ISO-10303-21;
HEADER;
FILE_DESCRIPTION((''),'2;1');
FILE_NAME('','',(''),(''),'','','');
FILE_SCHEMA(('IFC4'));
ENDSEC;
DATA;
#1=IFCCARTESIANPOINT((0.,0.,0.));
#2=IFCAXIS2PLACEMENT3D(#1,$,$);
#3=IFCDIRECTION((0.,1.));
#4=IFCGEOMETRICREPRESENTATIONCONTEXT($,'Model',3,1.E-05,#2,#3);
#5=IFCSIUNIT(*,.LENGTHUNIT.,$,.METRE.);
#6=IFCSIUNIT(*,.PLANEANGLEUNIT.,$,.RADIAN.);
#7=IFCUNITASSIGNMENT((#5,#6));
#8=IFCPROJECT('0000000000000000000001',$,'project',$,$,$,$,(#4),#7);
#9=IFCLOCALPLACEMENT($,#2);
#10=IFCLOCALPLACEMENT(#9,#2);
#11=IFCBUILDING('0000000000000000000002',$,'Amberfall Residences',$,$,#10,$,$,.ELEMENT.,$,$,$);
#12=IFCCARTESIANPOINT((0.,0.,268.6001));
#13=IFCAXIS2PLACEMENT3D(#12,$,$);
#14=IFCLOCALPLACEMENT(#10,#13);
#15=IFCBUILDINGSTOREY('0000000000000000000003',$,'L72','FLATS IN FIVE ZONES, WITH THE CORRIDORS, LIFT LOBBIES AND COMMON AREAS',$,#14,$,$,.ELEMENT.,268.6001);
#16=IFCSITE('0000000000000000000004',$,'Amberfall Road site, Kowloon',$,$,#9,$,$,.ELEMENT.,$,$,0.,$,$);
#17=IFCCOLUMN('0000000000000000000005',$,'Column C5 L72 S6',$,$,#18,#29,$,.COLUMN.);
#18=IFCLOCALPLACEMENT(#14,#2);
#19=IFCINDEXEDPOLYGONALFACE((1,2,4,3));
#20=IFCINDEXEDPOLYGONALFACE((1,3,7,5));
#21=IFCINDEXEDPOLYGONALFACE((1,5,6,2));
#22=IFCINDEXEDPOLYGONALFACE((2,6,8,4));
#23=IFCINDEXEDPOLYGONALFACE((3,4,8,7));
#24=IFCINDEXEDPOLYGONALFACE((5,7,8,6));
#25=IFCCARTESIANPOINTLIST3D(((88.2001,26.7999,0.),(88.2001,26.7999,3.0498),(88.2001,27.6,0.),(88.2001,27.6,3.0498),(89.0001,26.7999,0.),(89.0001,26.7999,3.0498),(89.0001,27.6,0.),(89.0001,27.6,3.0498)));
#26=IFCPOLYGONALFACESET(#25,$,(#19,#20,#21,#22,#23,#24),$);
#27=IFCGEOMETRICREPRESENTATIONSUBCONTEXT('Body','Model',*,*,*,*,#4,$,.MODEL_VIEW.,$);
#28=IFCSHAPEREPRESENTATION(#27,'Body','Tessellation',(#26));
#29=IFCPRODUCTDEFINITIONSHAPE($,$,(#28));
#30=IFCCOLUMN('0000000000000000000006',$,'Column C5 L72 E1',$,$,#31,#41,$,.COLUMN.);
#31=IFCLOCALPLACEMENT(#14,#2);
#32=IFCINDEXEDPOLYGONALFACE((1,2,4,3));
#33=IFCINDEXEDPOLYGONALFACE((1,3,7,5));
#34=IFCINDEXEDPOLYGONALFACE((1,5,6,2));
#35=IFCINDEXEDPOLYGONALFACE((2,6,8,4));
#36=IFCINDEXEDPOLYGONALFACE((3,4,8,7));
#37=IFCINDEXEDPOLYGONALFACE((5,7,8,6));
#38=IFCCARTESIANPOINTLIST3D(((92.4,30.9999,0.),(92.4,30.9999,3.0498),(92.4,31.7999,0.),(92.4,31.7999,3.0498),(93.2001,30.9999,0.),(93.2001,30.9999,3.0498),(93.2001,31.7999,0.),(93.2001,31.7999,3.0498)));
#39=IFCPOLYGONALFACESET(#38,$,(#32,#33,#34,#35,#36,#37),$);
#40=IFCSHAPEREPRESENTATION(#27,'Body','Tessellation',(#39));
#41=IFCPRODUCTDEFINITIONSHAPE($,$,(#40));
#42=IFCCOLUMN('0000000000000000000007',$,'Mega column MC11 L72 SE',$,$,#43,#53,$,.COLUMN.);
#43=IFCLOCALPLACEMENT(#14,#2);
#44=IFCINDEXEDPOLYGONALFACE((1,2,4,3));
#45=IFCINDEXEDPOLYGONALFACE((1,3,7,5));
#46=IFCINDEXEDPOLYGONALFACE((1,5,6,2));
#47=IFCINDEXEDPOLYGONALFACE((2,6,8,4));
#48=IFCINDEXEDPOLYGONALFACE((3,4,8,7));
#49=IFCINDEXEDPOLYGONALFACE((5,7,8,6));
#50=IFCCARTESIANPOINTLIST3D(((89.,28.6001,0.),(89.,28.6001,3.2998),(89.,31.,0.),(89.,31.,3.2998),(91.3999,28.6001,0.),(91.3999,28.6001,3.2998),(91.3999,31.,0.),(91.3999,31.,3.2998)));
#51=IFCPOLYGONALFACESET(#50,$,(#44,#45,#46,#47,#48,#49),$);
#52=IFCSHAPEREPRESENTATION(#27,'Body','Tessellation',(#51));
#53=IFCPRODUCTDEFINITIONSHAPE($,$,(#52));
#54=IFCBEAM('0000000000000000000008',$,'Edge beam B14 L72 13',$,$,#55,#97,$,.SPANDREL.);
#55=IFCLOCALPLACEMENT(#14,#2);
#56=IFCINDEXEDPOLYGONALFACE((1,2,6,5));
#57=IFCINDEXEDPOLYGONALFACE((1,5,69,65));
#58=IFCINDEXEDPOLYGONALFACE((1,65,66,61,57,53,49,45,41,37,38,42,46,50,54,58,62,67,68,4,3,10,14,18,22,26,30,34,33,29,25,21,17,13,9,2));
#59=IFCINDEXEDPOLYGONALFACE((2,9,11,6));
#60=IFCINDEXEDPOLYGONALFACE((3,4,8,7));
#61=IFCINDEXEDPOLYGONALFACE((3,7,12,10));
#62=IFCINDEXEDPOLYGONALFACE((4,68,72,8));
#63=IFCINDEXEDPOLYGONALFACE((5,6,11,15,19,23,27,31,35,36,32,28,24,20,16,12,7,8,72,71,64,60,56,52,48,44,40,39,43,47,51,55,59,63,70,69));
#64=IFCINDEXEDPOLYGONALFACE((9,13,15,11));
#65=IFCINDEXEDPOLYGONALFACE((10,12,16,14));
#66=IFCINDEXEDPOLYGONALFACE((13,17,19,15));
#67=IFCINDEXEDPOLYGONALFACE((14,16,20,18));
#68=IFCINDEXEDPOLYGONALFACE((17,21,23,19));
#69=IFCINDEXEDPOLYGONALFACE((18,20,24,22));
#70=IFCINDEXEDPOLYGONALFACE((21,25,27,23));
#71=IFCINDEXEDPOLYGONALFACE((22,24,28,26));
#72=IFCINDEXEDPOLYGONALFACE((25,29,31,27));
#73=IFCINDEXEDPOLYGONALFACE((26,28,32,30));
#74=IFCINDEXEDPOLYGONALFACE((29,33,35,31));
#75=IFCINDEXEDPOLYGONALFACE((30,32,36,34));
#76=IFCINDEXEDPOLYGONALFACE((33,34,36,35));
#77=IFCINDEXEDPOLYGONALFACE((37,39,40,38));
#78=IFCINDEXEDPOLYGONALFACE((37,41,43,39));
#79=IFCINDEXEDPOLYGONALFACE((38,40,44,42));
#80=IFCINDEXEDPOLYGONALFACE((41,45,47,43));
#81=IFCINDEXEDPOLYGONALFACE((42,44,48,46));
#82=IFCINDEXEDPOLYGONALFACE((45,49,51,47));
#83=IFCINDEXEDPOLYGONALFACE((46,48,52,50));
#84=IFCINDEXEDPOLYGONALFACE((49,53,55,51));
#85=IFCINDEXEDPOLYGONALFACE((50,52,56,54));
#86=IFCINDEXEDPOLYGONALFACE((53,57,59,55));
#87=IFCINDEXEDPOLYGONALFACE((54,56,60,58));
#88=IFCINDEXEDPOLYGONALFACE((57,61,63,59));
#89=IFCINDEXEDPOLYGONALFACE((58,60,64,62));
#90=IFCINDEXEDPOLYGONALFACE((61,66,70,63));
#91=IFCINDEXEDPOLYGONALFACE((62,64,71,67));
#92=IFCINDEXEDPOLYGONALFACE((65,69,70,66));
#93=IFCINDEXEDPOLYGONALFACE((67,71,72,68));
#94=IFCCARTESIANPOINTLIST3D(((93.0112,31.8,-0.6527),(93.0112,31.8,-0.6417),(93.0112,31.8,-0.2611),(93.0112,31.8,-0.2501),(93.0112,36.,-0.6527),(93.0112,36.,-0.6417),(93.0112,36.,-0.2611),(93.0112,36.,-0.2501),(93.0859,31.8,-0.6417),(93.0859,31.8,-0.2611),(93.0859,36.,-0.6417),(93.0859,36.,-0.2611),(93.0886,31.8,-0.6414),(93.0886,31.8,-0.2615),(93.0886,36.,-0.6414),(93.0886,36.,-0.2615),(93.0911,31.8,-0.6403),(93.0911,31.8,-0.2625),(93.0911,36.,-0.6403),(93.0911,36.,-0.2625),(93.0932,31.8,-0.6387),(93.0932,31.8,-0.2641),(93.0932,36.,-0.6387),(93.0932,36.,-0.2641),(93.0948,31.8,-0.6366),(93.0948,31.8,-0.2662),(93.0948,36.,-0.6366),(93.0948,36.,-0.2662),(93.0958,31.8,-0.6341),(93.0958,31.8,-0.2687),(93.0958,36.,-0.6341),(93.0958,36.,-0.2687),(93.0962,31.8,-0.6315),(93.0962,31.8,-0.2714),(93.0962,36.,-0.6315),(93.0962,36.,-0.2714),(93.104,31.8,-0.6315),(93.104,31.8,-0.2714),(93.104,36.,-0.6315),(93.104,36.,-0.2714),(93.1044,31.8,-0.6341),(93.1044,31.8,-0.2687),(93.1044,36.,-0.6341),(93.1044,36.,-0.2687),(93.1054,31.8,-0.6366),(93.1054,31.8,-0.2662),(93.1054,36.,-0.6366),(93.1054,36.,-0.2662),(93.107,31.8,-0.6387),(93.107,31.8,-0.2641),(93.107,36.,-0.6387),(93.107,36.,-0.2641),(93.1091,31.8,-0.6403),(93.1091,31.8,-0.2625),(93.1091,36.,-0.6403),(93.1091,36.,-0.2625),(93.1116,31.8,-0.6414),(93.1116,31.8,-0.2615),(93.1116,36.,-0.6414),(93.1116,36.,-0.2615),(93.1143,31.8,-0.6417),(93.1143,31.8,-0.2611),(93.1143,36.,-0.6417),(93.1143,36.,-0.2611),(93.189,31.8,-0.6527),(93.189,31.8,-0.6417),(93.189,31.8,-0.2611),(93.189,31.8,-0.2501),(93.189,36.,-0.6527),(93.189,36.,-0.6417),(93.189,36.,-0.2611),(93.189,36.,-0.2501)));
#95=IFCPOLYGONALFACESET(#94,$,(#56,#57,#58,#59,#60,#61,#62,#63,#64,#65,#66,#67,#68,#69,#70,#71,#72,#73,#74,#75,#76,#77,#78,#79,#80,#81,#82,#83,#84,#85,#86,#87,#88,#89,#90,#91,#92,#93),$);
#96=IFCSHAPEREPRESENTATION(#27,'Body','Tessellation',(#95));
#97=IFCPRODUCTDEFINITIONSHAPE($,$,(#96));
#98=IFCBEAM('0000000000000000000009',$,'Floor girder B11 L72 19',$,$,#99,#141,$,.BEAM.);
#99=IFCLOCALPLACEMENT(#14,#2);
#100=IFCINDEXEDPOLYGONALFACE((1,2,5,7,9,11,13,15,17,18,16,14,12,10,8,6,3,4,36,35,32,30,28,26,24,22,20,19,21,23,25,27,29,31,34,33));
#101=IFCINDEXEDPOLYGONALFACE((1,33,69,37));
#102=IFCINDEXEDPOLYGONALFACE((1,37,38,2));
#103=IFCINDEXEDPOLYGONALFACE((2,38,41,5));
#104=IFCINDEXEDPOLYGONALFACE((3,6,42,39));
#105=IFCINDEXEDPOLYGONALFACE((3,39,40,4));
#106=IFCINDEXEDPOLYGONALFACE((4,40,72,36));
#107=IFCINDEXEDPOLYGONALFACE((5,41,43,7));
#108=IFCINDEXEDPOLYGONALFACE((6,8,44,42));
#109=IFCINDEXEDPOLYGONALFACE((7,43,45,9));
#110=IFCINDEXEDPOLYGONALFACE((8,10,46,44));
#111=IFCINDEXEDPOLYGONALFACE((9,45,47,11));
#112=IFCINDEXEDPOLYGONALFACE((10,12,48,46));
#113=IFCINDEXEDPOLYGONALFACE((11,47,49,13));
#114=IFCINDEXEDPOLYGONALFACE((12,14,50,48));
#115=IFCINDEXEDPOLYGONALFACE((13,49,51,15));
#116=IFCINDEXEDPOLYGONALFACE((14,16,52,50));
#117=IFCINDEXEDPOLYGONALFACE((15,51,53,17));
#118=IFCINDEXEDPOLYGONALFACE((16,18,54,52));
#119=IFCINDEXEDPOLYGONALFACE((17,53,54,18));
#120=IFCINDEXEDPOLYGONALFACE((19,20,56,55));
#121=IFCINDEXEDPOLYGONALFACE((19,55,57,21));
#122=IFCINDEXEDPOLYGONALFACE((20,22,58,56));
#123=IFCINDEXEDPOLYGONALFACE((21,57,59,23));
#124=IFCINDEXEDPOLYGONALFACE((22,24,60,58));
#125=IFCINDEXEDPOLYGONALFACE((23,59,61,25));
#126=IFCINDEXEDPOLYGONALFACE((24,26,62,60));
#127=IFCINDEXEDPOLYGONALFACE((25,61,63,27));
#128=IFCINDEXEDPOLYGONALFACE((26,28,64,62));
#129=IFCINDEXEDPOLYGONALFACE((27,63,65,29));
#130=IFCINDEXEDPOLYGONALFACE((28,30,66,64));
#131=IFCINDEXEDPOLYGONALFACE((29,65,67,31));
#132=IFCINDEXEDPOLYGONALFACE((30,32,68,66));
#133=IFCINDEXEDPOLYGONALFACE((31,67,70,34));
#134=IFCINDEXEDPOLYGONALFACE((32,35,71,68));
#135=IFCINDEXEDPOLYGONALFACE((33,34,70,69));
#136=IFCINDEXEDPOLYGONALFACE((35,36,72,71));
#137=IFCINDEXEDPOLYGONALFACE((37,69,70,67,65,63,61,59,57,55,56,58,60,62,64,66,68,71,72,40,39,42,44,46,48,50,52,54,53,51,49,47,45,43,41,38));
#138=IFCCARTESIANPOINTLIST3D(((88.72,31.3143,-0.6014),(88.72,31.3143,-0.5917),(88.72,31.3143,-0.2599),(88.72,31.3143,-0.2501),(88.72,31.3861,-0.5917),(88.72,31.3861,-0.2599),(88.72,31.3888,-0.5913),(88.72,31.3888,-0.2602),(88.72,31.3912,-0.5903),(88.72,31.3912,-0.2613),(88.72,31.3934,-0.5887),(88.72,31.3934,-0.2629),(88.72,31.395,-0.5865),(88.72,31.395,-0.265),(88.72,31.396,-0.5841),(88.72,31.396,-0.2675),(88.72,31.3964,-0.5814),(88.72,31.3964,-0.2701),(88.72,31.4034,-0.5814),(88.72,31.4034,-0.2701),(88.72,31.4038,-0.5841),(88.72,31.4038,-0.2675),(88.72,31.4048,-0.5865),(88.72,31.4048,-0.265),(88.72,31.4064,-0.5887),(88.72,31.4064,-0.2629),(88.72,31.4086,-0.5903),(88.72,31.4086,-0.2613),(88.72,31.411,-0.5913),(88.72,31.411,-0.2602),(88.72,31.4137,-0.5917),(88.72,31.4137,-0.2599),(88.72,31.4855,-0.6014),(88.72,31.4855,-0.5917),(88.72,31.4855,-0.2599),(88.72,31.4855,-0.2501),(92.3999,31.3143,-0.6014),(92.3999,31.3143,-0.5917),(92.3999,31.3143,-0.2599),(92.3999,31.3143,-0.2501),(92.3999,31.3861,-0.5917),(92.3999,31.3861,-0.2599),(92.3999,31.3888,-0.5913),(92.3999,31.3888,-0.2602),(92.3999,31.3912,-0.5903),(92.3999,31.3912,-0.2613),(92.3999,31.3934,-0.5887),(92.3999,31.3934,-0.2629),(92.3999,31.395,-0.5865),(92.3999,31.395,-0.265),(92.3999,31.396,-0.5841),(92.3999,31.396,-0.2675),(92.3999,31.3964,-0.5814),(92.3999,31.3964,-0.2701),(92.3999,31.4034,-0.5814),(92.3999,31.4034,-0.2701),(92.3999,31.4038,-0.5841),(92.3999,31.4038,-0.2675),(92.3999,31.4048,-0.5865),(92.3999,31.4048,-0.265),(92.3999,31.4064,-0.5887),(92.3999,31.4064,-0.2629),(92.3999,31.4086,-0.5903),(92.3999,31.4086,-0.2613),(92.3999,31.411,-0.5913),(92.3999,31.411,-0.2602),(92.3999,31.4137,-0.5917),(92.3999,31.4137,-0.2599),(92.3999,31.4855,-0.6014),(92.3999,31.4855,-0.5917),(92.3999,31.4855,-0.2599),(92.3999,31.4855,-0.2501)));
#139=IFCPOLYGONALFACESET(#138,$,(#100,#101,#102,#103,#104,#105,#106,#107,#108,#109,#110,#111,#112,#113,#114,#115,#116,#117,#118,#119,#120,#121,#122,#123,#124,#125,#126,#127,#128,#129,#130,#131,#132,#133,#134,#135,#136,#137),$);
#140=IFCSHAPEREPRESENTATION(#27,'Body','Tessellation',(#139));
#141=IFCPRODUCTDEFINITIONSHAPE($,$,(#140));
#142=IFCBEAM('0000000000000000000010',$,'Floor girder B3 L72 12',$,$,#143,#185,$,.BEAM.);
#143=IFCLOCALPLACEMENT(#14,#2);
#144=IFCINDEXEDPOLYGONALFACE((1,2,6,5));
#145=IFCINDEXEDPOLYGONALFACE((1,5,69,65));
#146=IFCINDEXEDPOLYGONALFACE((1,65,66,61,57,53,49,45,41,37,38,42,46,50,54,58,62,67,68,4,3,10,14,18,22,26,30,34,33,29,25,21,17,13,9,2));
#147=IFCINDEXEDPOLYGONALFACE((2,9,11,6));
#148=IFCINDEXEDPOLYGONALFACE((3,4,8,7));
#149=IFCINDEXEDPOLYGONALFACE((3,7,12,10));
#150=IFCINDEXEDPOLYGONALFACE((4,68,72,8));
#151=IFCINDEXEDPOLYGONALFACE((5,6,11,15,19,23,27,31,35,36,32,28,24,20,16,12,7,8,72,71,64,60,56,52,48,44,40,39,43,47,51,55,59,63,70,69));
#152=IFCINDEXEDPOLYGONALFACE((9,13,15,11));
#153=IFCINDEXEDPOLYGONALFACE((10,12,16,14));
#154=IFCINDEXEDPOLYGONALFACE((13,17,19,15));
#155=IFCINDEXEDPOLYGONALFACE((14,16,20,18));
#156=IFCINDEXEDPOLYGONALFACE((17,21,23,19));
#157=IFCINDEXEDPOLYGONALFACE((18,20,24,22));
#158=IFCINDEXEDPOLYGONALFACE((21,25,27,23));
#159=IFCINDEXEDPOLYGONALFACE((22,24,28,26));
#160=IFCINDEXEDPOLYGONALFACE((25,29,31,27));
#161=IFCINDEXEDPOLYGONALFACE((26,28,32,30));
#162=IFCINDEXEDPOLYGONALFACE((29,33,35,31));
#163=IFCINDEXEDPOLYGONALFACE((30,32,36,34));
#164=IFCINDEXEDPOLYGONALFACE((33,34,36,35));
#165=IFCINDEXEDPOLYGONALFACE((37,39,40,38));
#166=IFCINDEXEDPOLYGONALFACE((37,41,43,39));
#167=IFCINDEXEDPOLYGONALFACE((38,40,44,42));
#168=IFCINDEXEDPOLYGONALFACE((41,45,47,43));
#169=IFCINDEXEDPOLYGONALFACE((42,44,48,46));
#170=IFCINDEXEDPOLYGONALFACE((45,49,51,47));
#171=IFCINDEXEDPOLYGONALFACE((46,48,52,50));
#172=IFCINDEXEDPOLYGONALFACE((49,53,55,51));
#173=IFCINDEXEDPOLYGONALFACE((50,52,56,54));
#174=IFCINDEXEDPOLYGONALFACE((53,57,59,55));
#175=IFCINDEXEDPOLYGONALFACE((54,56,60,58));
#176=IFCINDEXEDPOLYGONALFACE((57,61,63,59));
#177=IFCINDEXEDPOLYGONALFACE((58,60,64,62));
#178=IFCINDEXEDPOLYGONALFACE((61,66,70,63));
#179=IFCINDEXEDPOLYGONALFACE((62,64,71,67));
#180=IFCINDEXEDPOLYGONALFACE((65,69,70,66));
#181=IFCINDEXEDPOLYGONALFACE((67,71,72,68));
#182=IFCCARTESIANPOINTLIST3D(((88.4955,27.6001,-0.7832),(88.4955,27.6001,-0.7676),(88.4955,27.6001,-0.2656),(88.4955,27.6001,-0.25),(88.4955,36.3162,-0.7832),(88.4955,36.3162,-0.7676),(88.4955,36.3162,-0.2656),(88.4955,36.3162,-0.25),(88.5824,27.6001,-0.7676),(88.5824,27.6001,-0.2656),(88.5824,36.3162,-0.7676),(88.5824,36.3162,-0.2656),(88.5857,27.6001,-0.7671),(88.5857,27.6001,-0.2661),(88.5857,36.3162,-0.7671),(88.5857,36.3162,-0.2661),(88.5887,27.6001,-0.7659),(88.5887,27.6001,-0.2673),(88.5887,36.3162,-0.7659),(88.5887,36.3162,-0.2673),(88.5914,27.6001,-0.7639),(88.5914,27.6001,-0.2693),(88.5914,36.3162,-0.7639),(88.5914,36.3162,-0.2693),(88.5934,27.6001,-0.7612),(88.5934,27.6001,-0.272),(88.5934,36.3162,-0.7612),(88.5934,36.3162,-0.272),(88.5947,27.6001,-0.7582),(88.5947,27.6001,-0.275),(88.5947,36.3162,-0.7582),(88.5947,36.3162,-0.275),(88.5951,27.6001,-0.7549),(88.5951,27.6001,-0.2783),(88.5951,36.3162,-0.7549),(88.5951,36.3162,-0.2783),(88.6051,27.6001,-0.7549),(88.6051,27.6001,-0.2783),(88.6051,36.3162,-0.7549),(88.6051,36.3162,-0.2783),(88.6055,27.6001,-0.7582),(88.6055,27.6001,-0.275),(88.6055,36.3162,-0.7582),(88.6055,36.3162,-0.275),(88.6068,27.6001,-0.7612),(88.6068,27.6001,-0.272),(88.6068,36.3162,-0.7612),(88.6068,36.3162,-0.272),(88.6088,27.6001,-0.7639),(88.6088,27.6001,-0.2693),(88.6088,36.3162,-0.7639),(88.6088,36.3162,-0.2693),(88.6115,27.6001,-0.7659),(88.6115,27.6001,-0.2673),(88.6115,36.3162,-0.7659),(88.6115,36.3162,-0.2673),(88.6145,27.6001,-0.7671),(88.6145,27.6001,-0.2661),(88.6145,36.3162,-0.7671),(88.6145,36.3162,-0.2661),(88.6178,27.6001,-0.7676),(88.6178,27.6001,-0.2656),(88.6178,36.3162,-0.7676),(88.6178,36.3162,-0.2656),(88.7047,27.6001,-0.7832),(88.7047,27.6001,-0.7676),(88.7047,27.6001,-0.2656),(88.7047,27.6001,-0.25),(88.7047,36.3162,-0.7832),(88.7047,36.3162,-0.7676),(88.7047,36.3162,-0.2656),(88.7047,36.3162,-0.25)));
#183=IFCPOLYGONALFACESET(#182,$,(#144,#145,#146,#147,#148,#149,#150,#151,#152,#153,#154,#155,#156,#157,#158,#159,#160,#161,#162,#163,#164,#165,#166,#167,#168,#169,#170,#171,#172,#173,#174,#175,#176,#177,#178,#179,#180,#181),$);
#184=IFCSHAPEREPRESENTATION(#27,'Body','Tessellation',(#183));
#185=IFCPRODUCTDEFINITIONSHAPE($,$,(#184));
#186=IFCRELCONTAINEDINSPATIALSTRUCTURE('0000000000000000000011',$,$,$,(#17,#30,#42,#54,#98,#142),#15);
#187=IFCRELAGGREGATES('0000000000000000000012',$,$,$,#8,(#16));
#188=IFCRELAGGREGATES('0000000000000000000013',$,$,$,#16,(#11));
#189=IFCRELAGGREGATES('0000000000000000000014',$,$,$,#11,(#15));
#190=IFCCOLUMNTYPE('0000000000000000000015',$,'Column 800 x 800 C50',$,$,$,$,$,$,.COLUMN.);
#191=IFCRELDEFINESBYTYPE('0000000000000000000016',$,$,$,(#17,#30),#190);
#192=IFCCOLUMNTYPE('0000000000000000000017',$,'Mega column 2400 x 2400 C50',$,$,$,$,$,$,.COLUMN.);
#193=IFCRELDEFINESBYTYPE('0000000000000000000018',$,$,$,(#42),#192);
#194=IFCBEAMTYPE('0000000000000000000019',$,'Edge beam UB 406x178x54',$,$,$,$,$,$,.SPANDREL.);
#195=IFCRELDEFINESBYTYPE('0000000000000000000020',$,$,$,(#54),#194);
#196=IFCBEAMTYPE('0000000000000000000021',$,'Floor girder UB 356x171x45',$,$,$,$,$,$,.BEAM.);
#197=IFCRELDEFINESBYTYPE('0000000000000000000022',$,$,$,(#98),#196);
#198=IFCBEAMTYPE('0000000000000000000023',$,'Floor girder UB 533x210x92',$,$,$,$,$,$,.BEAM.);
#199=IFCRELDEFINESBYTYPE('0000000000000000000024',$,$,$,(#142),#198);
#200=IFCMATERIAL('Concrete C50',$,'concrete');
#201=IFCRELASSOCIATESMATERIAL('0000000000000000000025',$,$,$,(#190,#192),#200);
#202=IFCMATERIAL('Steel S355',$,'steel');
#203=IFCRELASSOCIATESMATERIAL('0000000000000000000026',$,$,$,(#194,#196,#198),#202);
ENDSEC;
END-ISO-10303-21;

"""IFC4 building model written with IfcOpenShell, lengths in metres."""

from ifc_helpers import new_model, si_unit, direction, frame, origin, origin_2d, place, context, subcontext, project, spatial, rectangle, i_section, extrude, material, material_profile, profile_set, type_object, element, save


model = new_model("IFC4")

# Units and contexts
model_context = context("Model", 3, precision=1e-05, world=origin(), true_north=direction((0.0, 1.0)))
body_context = subcontext(model_context, "Body", "Model", "MODEL_VIEW")
ifc_project = project(units=[si_unit("LENGTHUNIT", "METRE"), si_unit("PLANEANGLEUNIT", "RADIAN")], contexts=[model_context])

# Site, building, storey
site_placement = place(None, origin())
site = spatial("IfcSite", under=ifc_project, at=site_placement, Name="Amberfall Road site, Kowloon", CompositionType="ELEMENT", RefElevation=0.0)
building_placement = place(site_placement, origin())
building = spatial("IfcBuilding", under=site, at=building_placement, Name="Amberfall Residences", CompositionType="ELEMENT")
storey_placement = place(building_placement, frame((0.0, 0.0, 268.6001)))
storey = spatial("IfcBuildingStorey", under=building, at=storey_placement, Name="L72", Description="FLATS IN FIVE ZONES, WITH THE CORRIDORS, LIFT LOBBIES AND COMMON AREAS", CompositionType="ELEMENT", Elevation=268.6001)

# Columns
ifc_material_1 = material(Name="Concrete C50", Category="concrete")
ifc_material_profile_1 = material_profile(ifc_material_1, rectangle(XDim=0.8, YDim=0.8, at=origin_2d()), Name="Column 800 x 800 C50")
ifc_profile_set_1 = profile_set([ifc_material_profile_1], Name="Concrete C50")
column_type_1 = type_object("IfcColumnType", Name="Column 800 x 800 C50", PredefinedType="COLUMN", material=ifc_profile_set_1)
for number, where, z_axis, x_axis, name in (
    (1, (88.6001, 27.2, 0.0), (0.0, 0.0, 1.0), (1.0, 0.0, 0.0), "Column C5 L72 S6"),
    (2, (92.8, 31.3999, 0.0), (0.0, 0.0, 1.0), (1.0, 0.0, 0.0), "Column C5 L72 E1"),
):
    element("IfcColumn", number, at=place(storey_placement, frame(where, z_axis=z_axis, x_axis=x_axis)), inside=storey, type_object=column_type_1, Name=name, PredefinedType="COLUMN", context=body_context, shape_type="SweptSolid", body=[
        extrude(rectangle(XDim=0.8, YDim=0.8, at=origin_2d()), origin(), (0.0, 0.0, 1.0), 3.0498),
    ])
ifc_material_profile_2 = material_profile(ifc_material_1, rectangle(XDim=2.3999, YDim=2.3999, at=origin_2d()), Name="Mega column 2400 x 2400 C50")
ifc_profile_set_2 = profile_set([ifc_material_profile_2], Name="Concrete C50")
column_type_2 = type_object("IfcColumnType", Name="Mega column 2400 x 2400 C50", PredefinedType="COLUMN", material=ifc_profile_set_2)
column_placement = place(storey_placement, frame((90.2, 29.8, 0.0), z_axis=(0.0, 0.0, 1.0), x_axis=(1.0, 0.0, 0.0)))
element("IfcColumn", 3, at=column_placement, inside=storey, type_object=column_type_2, Name="Mega column MC11 L72 SE", PredefinedType="COLUMN", context=body_context, shape_type="SweptSolid", body=[
    extrude(rectangle(XDim=2.3999, YDim=2.3999, at=origin_2d()), origin(), (0.0, 0.0, 1.0), 3.2998),
])

# Beams
ifc_material_2 = material(Name="Steel S355", Category="steel")
ifc_material_profile_3 = material_profile(ifc_material_2, i_section(OverallWidth=0.1777, OverallDepth=0.4026, WebThickness=0.0078, FlangeThickness=0.011, FilletRadius=0.0103, at=origin_2d()), Name="UB 406x178x54")
ifc_profile_set_3 = profile_set([ifc_material_profile_3], Name="Steel S355")
beam_type_1 = type_object("IfcBeamType", Name="Edge beam UB 406x178x54", PredefinedType="SPANDREL", material=ifc_profile_set_3)
beam_1_placement = place(storey_placement, frame((93.1001, 31.8, -0.4514), z_axis=(0.0, 1.0, 0.0), x_axis=(-1.0, 0.0, 0.0)))
element("IfcBeam", 4, at=beam_1_placement, inside=storey, type_object=beam_type_1, Name="Edge beam B14 L72 13", PredefinedType="SPANDREL", context=body_context, shape_type="SweptSolid", body=[
    extrude(i_section(OverallWidth=0.1777, OverallDepth=0.4026, WebThickness=0.0078, FlangeThickness=0.011, FilletRadius=0.0103, at=origin_2d()), origin(), (0.0, 0.0, 1.0), 4.2),
])
ifc_material_profile_4 = material_profile(ifc_material_2, i_section(OverallWidth=0.1711, OverallDepth=0.3513, WebThickness=0.0071, FlangeThickness=0.0098, FilletRadius=0.0103, at=origin_2d()), Name="UB 356x171x45")
ifc_profile_set_4 = profile_set([ifc_material_profile_4], Name="Steel S355")
beam_type_2 = type_object("IfcBeamType", Name="Floor girder UB 356x171x45", PredefinedType="BEAM", material=ifc_profile_set_4)
beam_2_placement = place(storey_placement, frame((92.3999, 31.3999, -0.4258), z_axis=(-1.0, 0.0, 0.0), x_axis=(0.0, -1.0, 0.0)))
element("IfcBeam", 5, at=beam_2_placement, inside=storey, type_object=beam_type_2, Name="Floor girder B11 L72 19", PredefinedType="BEAM", context=body_context, shape_type="SweptSolid", body=[
    extrude(i_section(OverallWidth=0.1711, OverallDepth=0.3513, WebThickness=0.0071, FlangeThickness=0.0098, FilletRadius=0.0103, at=origin_2d()), origin(), (0.0, 0.0, 1.0), 3.6799),
])
ifc_material_profile_5 = material_profile(ifc_material_2, i_section(OverallWidth=0.2092, OverallDepth=0.5332, WebThickness=0.01, FlangeThickness=0.0156, FilletRadius=0.0127, at=origin_2d()), Name="UB 533x210x92")
ifc_profile_set_5 = profile_set([ifc_material_profile_5], Name="Steel S355")
beam_type_3 = type_object("IfcBeamType", Name="Floor girder UB 533x210x92", PredefinedType="BEAM", material=ifc_profile_set_5)
beam_3_placement = place(storey_placement, frame((88.6001, 27.6001, -0.5166), z_axis=(0.0, 1.0, 0.0), x_axis=(-1.0, 0.0, 0.0)))
element("IfcBeam", 6, at=beam_3_placement, inside=storey, type_object=beam_type_3, Name="Floor girder B3 L72 12", PredefinedType="BEAM", context=body_context, shape_type="SweptSolid", body=[
    extrude(i_section(OverallWidth=0.2092, OverallDepth=0.5332, WebThickness=0.01, FlangeThickness=0.0156, FilletRadius=0.0127, at=origin_2d()), origin(), (0.0, 0.0, 1.0), 8.7161),
])

save(model, "model.ifc")
